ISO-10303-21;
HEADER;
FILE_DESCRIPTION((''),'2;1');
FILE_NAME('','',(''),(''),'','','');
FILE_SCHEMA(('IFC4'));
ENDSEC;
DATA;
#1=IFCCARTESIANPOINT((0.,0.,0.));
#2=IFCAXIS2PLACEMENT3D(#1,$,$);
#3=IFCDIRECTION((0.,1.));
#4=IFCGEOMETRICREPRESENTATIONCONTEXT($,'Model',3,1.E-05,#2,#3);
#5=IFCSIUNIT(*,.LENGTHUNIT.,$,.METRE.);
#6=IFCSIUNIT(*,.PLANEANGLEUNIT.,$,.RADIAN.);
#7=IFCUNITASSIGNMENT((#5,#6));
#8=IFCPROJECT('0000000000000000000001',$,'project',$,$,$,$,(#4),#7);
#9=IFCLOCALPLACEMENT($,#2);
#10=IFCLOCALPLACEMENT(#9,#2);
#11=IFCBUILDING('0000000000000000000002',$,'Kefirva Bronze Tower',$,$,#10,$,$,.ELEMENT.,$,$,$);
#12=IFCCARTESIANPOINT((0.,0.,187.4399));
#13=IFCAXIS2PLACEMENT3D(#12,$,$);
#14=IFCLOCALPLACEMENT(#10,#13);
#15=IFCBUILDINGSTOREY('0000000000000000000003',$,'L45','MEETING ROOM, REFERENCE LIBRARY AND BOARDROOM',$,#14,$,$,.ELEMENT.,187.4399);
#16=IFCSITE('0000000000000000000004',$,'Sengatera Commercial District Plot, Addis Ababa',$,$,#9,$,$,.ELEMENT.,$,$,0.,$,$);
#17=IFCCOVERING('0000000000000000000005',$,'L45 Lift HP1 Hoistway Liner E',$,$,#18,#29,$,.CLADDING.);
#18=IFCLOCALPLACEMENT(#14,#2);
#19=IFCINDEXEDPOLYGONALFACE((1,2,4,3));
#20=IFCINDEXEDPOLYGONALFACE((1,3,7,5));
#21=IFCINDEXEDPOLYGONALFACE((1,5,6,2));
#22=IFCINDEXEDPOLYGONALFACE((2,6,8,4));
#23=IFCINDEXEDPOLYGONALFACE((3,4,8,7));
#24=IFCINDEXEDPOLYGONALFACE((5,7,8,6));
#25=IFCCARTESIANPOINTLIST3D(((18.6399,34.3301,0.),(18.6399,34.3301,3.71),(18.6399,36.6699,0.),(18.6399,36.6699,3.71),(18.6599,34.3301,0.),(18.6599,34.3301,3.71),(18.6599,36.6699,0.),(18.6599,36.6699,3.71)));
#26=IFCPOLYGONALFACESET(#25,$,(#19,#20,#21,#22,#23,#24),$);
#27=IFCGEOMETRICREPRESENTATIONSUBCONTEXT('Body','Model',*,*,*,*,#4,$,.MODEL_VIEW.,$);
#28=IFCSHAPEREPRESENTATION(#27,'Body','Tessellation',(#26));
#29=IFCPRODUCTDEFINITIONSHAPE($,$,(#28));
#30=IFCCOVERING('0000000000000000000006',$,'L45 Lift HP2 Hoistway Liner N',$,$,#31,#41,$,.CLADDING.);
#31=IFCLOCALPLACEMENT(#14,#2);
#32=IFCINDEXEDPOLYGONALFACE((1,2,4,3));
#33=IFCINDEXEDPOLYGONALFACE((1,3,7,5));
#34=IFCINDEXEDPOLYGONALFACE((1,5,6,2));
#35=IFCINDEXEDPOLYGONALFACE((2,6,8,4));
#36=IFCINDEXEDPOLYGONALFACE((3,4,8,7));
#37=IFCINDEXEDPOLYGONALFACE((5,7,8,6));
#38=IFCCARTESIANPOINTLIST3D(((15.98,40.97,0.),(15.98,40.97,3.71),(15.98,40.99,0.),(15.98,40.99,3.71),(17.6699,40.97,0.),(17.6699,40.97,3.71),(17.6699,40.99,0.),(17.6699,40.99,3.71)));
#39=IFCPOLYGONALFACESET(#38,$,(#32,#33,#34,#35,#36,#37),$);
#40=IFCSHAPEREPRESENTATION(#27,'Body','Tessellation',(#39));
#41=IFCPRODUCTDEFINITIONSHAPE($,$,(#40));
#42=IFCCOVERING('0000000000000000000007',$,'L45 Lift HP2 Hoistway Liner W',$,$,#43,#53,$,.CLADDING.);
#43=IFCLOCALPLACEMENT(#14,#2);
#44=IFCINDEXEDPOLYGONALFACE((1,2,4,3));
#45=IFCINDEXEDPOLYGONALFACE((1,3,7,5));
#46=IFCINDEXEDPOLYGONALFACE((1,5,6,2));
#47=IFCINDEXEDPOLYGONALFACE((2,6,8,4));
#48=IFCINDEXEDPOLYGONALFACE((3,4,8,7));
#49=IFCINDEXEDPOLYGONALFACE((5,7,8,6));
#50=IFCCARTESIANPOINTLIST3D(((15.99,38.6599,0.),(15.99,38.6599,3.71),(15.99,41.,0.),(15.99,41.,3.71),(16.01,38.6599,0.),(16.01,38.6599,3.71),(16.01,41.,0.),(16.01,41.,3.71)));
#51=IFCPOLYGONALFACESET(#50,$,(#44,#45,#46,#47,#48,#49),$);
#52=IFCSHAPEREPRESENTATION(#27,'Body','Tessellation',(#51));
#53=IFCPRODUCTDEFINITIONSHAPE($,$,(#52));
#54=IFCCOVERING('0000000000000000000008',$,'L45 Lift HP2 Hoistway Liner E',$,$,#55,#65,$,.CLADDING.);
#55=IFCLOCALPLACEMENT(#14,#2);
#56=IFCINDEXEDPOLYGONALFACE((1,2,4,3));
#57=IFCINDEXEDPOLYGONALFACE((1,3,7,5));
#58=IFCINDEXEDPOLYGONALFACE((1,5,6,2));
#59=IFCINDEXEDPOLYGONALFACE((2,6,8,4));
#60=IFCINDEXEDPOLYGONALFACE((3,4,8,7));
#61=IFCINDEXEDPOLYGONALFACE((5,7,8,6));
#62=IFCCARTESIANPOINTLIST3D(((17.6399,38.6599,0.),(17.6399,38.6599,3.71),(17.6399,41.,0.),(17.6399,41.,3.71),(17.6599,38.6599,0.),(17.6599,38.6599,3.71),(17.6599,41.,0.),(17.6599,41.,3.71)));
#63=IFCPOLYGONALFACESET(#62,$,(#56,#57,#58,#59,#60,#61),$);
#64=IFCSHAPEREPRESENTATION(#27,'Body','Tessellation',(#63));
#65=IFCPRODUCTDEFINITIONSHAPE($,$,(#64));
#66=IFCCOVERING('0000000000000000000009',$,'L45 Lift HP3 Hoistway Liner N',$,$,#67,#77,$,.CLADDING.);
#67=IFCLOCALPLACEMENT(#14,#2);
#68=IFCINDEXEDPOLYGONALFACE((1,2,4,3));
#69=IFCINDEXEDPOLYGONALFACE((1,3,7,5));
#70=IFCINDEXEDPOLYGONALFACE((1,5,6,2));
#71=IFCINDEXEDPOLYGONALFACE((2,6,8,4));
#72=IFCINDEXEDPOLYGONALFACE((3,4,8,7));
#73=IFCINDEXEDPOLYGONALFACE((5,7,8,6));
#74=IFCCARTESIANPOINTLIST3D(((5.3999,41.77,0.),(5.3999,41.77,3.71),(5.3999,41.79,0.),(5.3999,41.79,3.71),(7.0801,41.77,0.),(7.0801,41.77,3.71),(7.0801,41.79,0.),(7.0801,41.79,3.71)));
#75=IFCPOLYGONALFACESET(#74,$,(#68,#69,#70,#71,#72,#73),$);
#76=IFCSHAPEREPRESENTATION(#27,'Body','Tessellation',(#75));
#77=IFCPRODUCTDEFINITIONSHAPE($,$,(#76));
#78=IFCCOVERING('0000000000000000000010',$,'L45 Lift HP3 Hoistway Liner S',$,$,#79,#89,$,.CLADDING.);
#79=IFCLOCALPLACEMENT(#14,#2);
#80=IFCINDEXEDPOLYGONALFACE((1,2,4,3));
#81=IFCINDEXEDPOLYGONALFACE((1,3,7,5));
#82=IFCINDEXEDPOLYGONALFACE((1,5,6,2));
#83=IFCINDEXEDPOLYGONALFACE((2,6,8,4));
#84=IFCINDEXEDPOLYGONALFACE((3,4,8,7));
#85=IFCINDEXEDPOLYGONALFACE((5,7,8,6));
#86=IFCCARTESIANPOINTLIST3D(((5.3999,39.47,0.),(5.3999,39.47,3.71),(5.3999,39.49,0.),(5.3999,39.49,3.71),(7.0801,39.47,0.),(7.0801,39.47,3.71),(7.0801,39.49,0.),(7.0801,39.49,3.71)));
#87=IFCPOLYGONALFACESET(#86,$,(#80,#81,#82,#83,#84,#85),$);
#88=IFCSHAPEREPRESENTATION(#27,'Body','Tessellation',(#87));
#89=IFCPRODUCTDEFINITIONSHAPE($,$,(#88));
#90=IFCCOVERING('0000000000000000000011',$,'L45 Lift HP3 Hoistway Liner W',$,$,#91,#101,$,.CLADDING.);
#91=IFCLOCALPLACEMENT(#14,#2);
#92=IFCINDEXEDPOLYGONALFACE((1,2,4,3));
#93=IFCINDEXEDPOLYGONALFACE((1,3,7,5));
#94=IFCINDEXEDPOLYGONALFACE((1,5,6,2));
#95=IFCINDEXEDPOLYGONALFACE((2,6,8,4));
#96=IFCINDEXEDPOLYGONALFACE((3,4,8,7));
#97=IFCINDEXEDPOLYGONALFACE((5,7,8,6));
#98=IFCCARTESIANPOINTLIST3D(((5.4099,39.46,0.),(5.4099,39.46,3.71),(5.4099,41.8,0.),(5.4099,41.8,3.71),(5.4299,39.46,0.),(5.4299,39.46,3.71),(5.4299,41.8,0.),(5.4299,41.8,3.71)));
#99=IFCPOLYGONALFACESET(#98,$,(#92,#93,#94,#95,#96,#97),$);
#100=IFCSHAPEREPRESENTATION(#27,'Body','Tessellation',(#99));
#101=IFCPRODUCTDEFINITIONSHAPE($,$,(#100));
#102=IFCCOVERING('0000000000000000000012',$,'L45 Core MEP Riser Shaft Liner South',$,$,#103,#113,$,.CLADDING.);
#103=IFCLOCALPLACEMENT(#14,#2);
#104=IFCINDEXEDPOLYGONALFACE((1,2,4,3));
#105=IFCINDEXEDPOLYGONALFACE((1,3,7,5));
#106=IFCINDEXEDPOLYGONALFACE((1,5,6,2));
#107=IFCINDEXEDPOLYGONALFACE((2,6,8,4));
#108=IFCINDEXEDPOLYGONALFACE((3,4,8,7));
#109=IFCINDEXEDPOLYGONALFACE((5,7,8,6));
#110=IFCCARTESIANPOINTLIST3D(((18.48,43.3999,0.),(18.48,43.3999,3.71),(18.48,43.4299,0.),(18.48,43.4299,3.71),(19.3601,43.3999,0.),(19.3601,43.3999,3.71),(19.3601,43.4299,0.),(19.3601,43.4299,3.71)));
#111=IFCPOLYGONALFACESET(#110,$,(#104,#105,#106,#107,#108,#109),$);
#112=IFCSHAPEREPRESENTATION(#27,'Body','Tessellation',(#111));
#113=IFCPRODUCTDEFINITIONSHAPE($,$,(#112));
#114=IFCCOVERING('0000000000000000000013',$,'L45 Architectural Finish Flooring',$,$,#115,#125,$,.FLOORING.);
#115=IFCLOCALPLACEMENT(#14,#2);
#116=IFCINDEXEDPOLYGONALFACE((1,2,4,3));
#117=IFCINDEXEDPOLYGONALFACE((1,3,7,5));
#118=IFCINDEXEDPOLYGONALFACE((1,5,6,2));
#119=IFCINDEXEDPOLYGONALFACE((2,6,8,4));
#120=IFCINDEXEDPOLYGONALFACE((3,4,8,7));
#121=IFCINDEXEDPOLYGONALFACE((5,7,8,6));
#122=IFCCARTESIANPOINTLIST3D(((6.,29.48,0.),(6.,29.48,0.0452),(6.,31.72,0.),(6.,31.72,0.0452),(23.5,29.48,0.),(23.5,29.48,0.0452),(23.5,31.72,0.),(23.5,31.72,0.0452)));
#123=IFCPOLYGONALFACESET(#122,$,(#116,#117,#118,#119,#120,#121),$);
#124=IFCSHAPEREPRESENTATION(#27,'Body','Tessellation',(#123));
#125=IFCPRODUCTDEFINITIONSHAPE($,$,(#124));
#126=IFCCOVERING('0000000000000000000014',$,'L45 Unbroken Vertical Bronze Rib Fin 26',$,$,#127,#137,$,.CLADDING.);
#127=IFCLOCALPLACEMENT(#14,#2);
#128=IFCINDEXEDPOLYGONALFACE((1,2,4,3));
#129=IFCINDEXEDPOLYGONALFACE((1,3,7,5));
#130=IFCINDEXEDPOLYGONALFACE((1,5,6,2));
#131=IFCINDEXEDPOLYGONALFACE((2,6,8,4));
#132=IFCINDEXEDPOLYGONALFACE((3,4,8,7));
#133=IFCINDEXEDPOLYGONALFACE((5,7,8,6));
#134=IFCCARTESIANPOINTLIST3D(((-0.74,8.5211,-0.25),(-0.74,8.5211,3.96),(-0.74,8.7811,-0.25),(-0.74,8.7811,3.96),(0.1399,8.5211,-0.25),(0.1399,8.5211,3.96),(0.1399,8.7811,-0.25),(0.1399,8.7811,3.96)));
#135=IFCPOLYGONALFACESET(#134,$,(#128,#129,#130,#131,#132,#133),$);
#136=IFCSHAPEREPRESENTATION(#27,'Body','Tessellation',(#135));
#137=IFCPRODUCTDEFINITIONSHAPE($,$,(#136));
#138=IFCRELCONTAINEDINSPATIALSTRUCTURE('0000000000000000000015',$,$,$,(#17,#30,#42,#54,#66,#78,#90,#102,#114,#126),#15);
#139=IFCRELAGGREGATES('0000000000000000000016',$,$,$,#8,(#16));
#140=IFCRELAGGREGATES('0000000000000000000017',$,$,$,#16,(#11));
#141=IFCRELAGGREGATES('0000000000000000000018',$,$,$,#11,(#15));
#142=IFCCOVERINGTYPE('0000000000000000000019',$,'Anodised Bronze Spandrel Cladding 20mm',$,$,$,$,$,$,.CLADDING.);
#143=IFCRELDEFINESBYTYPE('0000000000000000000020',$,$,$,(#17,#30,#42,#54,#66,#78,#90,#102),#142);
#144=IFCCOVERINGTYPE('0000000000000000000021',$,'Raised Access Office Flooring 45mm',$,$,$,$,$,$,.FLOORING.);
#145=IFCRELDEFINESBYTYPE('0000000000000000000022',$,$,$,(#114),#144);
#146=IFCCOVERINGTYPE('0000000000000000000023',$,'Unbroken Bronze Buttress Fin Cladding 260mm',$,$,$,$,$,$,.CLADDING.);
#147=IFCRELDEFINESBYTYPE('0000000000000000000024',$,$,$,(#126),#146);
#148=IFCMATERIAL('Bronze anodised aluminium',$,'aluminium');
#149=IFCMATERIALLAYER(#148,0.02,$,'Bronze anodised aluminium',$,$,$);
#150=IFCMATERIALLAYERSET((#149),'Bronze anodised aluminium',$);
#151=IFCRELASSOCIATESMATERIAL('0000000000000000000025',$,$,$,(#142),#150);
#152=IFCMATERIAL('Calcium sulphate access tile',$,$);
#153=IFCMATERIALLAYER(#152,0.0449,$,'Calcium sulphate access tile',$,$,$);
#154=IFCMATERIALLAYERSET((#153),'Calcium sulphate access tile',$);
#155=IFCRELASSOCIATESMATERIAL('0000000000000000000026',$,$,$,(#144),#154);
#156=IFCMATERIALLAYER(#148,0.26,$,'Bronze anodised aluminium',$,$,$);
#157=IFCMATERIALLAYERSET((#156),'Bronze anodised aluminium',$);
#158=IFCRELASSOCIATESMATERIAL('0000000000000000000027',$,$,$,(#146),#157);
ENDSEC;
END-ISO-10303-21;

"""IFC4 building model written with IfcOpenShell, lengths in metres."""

from ifc_helpers import new_model, si_unit, direction, frame, origin, origin_2d, place, context, subcontext, project, spatial, polyline, rectangle, outline, extrude, material, layer, layer_set, type_object, element, save


model = new_model("IFC4")

# Units and contexts
model_context = context("Model", 3, precision=1e-05, world=origin(), true_north=direction((0.0, 1.0)))
body_context = subcontext(model_context, "Body", "Model", "MODEL_VIEW")
ifc_project = project(units=[si_unit("LENGTHUNIT", "METRE"), si_unit("PLANEANGLEUNIT", "RADIAN")], contexts=[model_context])

# Site, building, storey
site_placement = place(None, origin())
site = spatial("IfcSite", under=ifc_project, at=site_placement, Name="Sengatera Commercial District Plot, Addis Ababa", CompositionType="ELEMENT", RefElevation=0.0)
building_placement = place(site_placement, origin())
building = spatial("IfcBuilding", under=site, at=building_placement, Name="Kefirva Bronze Tower", CompositionType="ELEMENT")
storey_placement = place(building_placement, frame((0.0, 0.0, 187.4399)))
storey = spatial("IfcBuildingStorey", under=building, at=storey_placement, Name="L45", Description="MEETING ROOM, REFERENCE LIBRARY AND BOARDROOM", CompositionType="ELEMENT", Elevation=187.4399)

# Shared definitions
ifc_material_1 = material(Name="Bronze anodised aluminium", Category="aluminium")

# Coverings
ifc_layer_1 = layer(ifc_material_1, 0.02, Name="Bronze anodised aluminium")
ifc_layer_set_1 = layer_set([ifc_layer_1], Name="Bronze anodised aluminium")
covering_type_1 = type_object("IfcCoveringType", Name="Anodised Bronze Spandrel Cladding 20mm", PredefinedType="CLADDING", material=ifc_layer_set_1)
covering_1_placement = place(storey_placement, origin())
element("IfcCovering", 1, at=covering_1_placement, inside=storey, type_object=covering_type_1, Name="L45 Lift HP1 Hoistway Liner E", PredefinedType="CLADDING", context=body_context, shape_type="SweptSolid", body=[
    extrude(outline(polyline([(18.6399, 34.3301), (18.6599, 34.3301), (18.6599, 36.6699), (18.6399, 36.6699), (18.6399, 34.3301)])), origin(), (0.0, 0.0, 1.0), 3.71),
])
covering_2_placement = place(storey_placement, origin())
element("IfcCovering", 2, at=covering_2_placement, inside=storey, type_object=covering_type_1, Name="L45 Lift HP2 Hoistway Liner N", PredefinedType="CLADDING", context=body_context, shape_type="SweptSolid", body=[
    extrude(outline(polyline([(15.98, 40.97), (17.6699, 40.97), (17.6699, 40.99), (15.98, 40.99), (15.98, 40.97)])), origin(), (0.0, 0.0, 1.0), 3.71),
])
covering_3_placement = place(storey_placement, origin())
element("IfcCovering", 3, at=covering_3_placement, inside=storey, type_object=covering_type_1, Name="L45 Lift HP2 Hoistway Liner W", PredefinedType="CLADDING", context=body_context, shape_type="SweptSolid", body=[
    extrude(outline(polyline([(15.99, 38.6599), (16.01, 38.6599), (16.01, 41.0), (15.99, 41.0), (15.99, 38.6599)])), origin(), (0.0, 0.0, 1.0), 3.71),
])
covering_4_placement = place(storey_placement, origin())
element("IfcCovering", 4, at=covering_4_placement, inside=storey, type_object=covering_type_1, Name="L45 Lift HP2 Hoistway Liner E", PredefinedType="CLADDING", context=body_context, shape_type="SweptSolid", body=[
    extrude(outline(polyline([(17.6399, 38.6599), (17.6599, 38.6599), (17.6599, 41.0), (17.6399, 41.0), (17.6399, 38.6599)])), origin(), (0.0, 0.0, 1.0), 3.71),
])
covering_5_placement = place(storey_placement, origin())
element("IfcCovering", 5, at=covering_5_placement, inside=storey, type_object=covering_type_1, Name="L45 Lift HP3 Hoistway Liner N", PredefinedType="CLADDING", context=body_context, shape_type="SweptSolid", body=[
    extrude(outline(polyline([(5.3999, 41.77), (7.0801, 41.77), (7.0801, 41.79), (5.3999, 41.79), (5.3999, 41.77)])), origin(), (0.0, 0.0, 1.0), 3.71),
])
covering_6_placement = place(storey_placement, origin())
element("IfcCovering", 6, at=covering_6_placement, inside=storey, type_object=covering_type_1, Name="L45 Lift HP3 Hoistway Liner S", PredefinedType="CLADDING", context=body_context, shape_type="SweptSolid", body=[
    extrude(outline(polyline([(5.3999, 39.47), (7.0801, 39.47), (7.0801, 39.49), (5.3999, 39.49), (5.3999, 39.47)])), origin(), (0.0, 0.0, 1.0), 3.71),
])
covering_7_placement = place(storey_placement, origin())
element("IfcCovering", 7, at=covering_7_placement, inside=storey, type_object=covering_type_1, Name="L45 Lift HP3 Hoistway Liner W", PredefinedType="CLADDING", context=body_context, shape_type="SweptSolid", body=[
    extrude(outline(polyline([(5.4099, 39.46), (5.4299, 39.46), (5.4299, 41.8), (5.4099, 41.8), (5.4099, 39.46)])), origin(), (0.0, 0.0, 1.0), 3.71),
])
covering_8_placement = place(storey_placement, origin())
element("IfcCovering", 8, at=covering_8_placement, inside=storey, type_object=covering_type_1, Name="L45 Core MEP Riser Shaft Liner South", PredefinedType="CLADDING", context=body_context, shape_type="SweptSolid", body=[
    extrude(outline(polyline([(18.48, 43.3999), (19.3601, 43.3999), (19.3601, 43.4299), (18.48, 43.4299), (18.48, 43.3999)])), origin(), (0.0, 0.0, 1.0), 3.71),
])
ifc_material_2 = material(Name="Calcium sulphate access tile")
ifc_layer_2 = layer(ifc_material_2, 0.0449, Name="Calcium sulphate access tile")
ifc_layer_set_2 = layer_set([ifc_layer_2], Name="Calcium sulphate access tile")
covering_type_2 = type_object("IfcCoveringType", Name="Raised Access Office Flooring 45mm", PredefinedType="FLOORING", material=ifc_layer_set_2)
covering_9_placement = place(storey_placement, origin())
element("IfcCovering", 9, at=covering_9_placement, inside=storey, type_object=covering_type_2, Name="L45 Architectural Finish Flooring", PredefinedType="FLOORING", context=body_context, shape_type="SweptSolid", body=[
    extrude(outline(polyline([(6.0, 29.48), (23.5, 29.48), (23.5, 31.72), (6.0, 31.72), (6.0, 29.48)])), origin(), (0.0, 0.0, 1.0), 0.0452),
])
ifc_layer_3 = layer(ifc_material_1, 0.26, Name="Bronze anodised aluminium")
ifc_layer_set_3 = layer_set([ifc_layer_3], Name="Bronze anodised aluminium")
covering_type_3 = type_object("IfcCoveringType", Name="Unbroken Bronze Buttress Fin Cladding 260mm", PredefinedType="CLADDING", material=ifc_layer_set_3)
covering_10_placement = place(storey_placement, frame((-0.3, 8.6511, -0.25), z_axis=(0.0, 0.0, 1.0), x_axis=(0.0, -1.0, 0.0)))
element("IfcCovering", 10, at=covering_10_placement, inside=storey, type_object=covering_type_3, Name="L45 Unbroken Vertical Bronze Rib Fin 26", PredefinedType="CLADDING", context=body_context, shape_type="SweptSolid", body=[
    extrude(rectangle(XDim=0.26, YDim=0.8799, at=origin_2d()), origin(), (0.0, 0.0, 1.0), 4.21),
])

save(model, "model.ifc")
